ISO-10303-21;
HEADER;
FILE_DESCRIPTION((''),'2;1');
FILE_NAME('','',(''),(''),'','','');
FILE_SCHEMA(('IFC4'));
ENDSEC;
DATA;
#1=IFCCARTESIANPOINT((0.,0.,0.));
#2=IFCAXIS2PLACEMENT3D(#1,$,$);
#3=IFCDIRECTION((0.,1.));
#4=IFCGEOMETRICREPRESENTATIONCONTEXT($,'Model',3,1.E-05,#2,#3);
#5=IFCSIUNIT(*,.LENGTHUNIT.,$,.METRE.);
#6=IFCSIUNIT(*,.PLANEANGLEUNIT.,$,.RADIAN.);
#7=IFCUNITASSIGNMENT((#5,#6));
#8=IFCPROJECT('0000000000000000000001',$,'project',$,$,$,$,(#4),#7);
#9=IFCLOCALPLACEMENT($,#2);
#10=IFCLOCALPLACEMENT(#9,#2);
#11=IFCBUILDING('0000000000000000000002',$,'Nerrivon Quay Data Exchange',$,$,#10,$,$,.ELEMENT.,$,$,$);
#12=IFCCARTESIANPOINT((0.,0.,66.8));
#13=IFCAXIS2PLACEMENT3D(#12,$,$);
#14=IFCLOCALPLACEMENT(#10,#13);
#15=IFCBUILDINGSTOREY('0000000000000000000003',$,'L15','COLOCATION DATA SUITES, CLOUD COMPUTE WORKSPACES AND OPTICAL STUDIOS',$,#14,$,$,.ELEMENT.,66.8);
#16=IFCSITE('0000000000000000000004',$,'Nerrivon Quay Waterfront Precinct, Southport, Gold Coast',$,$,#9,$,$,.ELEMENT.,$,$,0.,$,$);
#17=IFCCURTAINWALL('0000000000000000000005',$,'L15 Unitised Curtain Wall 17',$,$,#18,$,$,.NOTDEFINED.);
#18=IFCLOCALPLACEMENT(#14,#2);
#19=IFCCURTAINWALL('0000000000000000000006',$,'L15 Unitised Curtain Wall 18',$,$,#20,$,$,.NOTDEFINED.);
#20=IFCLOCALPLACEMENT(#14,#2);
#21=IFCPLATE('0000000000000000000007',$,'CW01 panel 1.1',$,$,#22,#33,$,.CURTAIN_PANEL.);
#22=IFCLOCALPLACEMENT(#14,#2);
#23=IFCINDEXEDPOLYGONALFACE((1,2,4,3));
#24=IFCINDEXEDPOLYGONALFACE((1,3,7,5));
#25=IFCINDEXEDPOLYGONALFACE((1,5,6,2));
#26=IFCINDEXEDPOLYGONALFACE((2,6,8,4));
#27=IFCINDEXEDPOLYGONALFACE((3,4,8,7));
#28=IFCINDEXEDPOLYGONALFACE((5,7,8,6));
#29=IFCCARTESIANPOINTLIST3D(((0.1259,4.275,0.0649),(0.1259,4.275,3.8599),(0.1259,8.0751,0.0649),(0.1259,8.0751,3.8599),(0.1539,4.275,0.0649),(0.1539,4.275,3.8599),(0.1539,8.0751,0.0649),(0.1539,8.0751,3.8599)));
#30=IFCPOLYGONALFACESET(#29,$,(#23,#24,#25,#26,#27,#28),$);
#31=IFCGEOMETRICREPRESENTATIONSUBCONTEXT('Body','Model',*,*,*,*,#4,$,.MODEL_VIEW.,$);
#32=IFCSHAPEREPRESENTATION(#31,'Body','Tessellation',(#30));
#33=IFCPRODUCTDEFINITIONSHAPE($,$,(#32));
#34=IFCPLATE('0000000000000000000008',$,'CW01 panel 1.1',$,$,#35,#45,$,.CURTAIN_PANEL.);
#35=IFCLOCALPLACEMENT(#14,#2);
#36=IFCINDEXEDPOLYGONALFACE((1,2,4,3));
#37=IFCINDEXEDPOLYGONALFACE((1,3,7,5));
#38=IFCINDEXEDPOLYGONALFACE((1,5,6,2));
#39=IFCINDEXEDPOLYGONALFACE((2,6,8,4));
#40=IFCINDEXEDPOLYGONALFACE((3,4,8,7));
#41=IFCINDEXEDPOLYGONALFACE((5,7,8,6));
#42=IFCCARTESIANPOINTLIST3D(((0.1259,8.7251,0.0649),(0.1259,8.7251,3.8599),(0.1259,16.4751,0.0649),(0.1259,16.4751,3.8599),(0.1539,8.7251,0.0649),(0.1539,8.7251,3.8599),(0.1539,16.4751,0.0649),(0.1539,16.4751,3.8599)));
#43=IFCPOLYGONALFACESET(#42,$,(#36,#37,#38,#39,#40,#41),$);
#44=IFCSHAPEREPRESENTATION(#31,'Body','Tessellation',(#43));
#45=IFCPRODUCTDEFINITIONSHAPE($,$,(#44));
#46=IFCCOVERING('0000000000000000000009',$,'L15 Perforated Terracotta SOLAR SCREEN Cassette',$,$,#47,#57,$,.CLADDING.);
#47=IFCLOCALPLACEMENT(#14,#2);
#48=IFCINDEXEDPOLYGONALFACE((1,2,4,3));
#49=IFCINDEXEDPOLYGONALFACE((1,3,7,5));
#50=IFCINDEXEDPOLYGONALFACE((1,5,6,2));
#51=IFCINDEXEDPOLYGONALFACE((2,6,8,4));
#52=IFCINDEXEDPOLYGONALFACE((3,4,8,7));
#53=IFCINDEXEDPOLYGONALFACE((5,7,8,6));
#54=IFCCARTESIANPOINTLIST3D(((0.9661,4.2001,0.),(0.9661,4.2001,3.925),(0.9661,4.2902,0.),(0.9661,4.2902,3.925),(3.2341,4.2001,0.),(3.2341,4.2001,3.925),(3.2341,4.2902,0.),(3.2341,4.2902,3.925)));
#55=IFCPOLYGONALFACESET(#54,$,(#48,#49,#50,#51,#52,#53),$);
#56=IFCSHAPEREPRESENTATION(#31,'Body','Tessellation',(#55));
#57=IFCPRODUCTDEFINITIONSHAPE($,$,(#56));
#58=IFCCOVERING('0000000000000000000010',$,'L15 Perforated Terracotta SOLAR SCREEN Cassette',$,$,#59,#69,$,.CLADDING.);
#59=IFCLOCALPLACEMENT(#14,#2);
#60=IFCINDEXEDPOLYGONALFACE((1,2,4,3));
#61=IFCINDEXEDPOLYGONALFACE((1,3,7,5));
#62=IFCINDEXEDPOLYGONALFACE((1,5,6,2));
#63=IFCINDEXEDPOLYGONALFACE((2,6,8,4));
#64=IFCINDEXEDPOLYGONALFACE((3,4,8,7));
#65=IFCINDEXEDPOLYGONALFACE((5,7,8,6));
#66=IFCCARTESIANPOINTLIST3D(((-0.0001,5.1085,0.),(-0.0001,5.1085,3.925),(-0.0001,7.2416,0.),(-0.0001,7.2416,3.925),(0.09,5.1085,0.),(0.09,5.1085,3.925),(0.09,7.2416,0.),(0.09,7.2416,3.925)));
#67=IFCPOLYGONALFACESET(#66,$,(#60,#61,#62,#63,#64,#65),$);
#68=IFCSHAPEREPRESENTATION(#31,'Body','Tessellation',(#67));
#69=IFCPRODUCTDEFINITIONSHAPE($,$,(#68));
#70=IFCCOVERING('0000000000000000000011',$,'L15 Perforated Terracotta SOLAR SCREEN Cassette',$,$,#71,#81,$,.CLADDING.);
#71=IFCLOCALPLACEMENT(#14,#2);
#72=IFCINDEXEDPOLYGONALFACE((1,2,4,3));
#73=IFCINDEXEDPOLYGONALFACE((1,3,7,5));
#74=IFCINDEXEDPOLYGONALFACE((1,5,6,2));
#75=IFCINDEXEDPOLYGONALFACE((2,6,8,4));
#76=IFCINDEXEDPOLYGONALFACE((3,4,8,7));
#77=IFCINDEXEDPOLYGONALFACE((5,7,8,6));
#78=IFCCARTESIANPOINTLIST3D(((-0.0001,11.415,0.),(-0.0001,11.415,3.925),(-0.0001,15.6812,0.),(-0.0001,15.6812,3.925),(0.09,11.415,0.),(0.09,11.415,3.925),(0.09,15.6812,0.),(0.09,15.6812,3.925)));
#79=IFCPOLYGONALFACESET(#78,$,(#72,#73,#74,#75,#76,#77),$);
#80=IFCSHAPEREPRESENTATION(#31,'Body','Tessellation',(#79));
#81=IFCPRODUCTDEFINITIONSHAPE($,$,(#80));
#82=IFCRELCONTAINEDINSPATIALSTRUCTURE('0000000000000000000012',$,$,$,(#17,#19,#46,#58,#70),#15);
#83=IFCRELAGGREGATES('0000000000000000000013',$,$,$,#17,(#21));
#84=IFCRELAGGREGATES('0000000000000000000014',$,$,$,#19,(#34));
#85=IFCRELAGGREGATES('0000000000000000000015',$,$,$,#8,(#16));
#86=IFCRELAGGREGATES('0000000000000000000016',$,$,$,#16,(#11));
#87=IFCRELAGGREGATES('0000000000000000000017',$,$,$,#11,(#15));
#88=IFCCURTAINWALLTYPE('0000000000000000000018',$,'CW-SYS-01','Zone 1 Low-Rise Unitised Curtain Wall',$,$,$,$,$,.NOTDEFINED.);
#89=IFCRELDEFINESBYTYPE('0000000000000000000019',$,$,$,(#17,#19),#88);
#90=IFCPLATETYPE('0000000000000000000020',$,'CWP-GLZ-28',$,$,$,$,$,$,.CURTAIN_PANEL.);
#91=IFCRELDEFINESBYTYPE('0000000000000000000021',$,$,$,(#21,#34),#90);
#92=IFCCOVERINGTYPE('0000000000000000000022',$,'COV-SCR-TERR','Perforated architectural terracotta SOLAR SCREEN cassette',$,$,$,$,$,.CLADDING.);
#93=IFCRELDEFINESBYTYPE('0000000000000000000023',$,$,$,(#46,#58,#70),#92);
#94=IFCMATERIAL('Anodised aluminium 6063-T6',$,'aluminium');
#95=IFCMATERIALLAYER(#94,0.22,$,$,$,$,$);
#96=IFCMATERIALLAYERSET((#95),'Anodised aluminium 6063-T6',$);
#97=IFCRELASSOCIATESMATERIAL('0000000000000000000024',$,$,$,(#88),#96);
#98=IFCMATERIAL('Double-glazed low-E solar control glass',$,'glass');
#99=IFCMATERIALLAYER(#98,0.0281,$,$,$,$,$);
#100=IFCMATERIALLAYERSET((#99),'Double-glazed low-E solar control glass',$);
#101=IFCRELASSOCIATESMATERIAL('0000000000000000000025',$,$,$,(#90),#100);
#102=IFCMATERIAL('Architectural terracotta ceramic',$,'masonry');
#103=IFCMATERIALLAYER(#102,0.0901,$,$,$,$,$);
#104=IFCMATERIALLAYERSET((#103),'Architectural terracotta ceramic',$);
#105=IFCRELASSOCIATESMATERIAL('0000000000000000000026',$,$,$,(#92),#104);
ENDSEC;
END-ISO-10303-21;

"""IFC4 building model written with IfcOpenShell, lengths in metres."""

from ifc_helpers import new_model, si_unit, direction, frame, origin, origin_2d, place, context, subcontext, project, spatial, rectangle, extrude, material, layer, layer_set, type_object, element, aggregate, save


model = new_model("IFC4")

# Units and contexts
model_context = context("Model", 3, precision=1e-05, world=origin(), true_north=direction((0.0, 1.0)))
body_context = subcontext(model_context, "Body", "Model", "MODEL_VIEW")
ifc_project = project(units=[si_unit("LENGTHUNIT", "METRE"), si_unit("PLANEANGLEUNIT", "RADIAN")], contexts=[model_context])

# Site, building, storey
site_placement = place(None, origin())
site = spatial("IfcSite", under=ifc_project, at=site_placement, Name="Nerrivon Quay Waterfront Precinct, Southport, Gold Coast", CompositionType="ELEMENT", RefElevation=0.0)
building_placement = place(site_placement, origin())
building = spatial("IfcBuilding", under=site, at=building_placement, Name="Nerrivon Quay Data Exchange", CompositionType="ELEMENT")
storey_placement = place(building_placement, frame((0.0, 0.0, 66.8)))
storey = spatial("IfcBuildingStorey", under=building, at=storey_placement, Name="L15", Description="COLOCATION DATA SUITES, CLOUD COMPUTE WORKSPACES AND OPTICAL STUDIOS", CompositionType="ELEMENT", Elevation=66.8)

# Curtain walls
ifc_material_1 = material(Name="Anodised aluminium 6063-T6", Category="aluminium")
ifc_layer_1 = layer(ifc_material_1, 0.22)
ifc_layer_set_1 = layer_set([ifc_layer_1], Name="Anodised aluminium 6063-T6")
curtain_wall_type = type_object("IfcCurtainWallType", Name="CW-SYS-01", Description="Zone 1 Low-Rise Unitised Curtain Wall", PredefinedType="NOTDEFINED", material=ifc_layer_set_1)
curtain_wall_1_placement = place(storey_placement, origin())
curtain_wall_1 = element("IfcCurtainWall", 1, at=curtain_wall_1_placement, inside=storey, type_object=curtain_wall_type, Name="L15 Unitised Curtain Wall 17", PredefinedType="NOTDEFINED")
curtain_wall_2_placement = place(storey_placement, origin())
curtain_wall_2 = element("IfcCurtainWall", 2, at=curtain_wall_2_placement, inside=storey, type_object=curtain_wall_type, Name="L15 Unitised Curtain Wall 18", PredefinedType="NOTDEFINED")

# Plates
ifc_material_2 = material(Name="Double-glazed low-E solar control glass", Category="glass")
ifc_layer_2 = layer(ifc_material_2, 0.0281)
ifc_layer_set_2 = layer_set([ifc_layer_2], Name="Double-glazed low-E solar control glass")
plate_type = type_object("IfcPlateType", Name="CWP-GLZ-28", PredefinedType="CURTAIN_PANEL", material=ifc_layer_set_2)
plate_1_placement = place(storey_placement, frame((0.1399, 6.175, 0.0649), z_axis=(0.0, 0.0, 1.0), x_axis=(0.0, 1.0, 0.0)))
plate_1 = element("IfcPlate", 3, at=plate_1_placement, type_object=plate_type, Name="CW01 panel 1.1", PredefinedType="CURTAIN_PANEL", context=body_context, shape_type="SweptSolid", body=[
    extrude(rectangle(XDim=3.8, YDim=0.0281, at=origin_2d()), origin(), (0.0, 0.0, 1.0), 3.7949),
])
aggregate(curtain_wall_1, [plate_1])
plate_2_placement = place(storey_placement, frame((0.1399, 12.6001, 0.0649), z_axis=(0.0, 0.0, 1.0), x_axis=(0.0, 1.0, 0.0)))
plate_2 = element("IfcPlate", 4, at=plate_2_placement, type_object=plate_type, Name="CW01 panel 1.1", PredefinedType="CURTAIN_PANEL", context=body_context, shape_type="SweptSolid", body=[
    extrude(rectangle(XDim=7.75, YDim=0.0281, at=origin_2d()), origin(), (0.0, 0.0, 1.0), 3.7949),
])
aggregate(curtain_wall_2, [plate_2])

# Coverings
ifc_material_3 = material(Name="Architectural terracotta ceramic", Category="masonry")
ifc_layer_3 = layer(ifc_material_3, 0.0901)
ifc_layer_set_3 = layer_set([ifc_layer_3], Name="Architectural terracotta ceramic")
covering_type = type_object("IfcCoveringType", Name="COV-SCR-TERR", Description="Perforated architectural terracotta SOLAR SCREEN cassette", PredefinedType="CLADDING", material=ifc_layer_set_3)
covering_1_placement = place(storey_placement, frame((2.1001, 4.2451, 0.0), z_axis=(0.0, 0.0, 1.0), x_axis=(-1.0, 0.0, 0.0)))
element("IfcCovering", 5, at=covering_1_placement, inside=storey, type_object=covering_type, Name="L15 Perforated Terracotta SOLAR SCREEN Cassette", PredefinedType="CLADDING", context=body_context, shape_type="SweptSolid", body=[
    extrude(rectangle(XDim=2.2681, YDim=0.0901, at=origin_2d()), origin(), (0.0, 0.0, 1.0), 3.925),
])
covering_2_placement = place(storey_placement, frame((0.0449, 6.175, 0.0), z_axis=(0.0, 0.0, 1.0), x_axis=(0.0, 1.0, 0.0)))
element("IfcCovering", 6, at=covering_2_placement, inside=storey, type_object=covering_type, Name="L15 Perforated Terracotta SOLAR SCREEN Cassette", PredefinedType="CLADDING", context=body_context, shape_type="SweptSolid", body=[
    extrude(rectangle(XDim=2.1331, YDim=0.0901, at=origin_2d()), origin(), (0.0, 0.0, 1.0), 3.925),
])
covering_3_placement = place(storey_placement, frame((0.0449, 13.5481, 0.0), z_axis=(0.0, 0.0, 1.0), x_axis=(0.0, 1.0, 0.0)))
element("IfcCovering", 7, at=covering_3_placement, inside=storey, type_object=covering_type, Name="L15 Perforated Terracotta SOLAR SCREEN Cassette", PredefinedType="CLADDING", context=body_context, shape_type="SweptSolid", body=[
    extrude(rectangle(XDim=4.2661, YDim=0.0901, at=origin_2d()), origin(), (0.0, 0.0, 1.0), 3.925),
])

save(model, "model.ifc")
